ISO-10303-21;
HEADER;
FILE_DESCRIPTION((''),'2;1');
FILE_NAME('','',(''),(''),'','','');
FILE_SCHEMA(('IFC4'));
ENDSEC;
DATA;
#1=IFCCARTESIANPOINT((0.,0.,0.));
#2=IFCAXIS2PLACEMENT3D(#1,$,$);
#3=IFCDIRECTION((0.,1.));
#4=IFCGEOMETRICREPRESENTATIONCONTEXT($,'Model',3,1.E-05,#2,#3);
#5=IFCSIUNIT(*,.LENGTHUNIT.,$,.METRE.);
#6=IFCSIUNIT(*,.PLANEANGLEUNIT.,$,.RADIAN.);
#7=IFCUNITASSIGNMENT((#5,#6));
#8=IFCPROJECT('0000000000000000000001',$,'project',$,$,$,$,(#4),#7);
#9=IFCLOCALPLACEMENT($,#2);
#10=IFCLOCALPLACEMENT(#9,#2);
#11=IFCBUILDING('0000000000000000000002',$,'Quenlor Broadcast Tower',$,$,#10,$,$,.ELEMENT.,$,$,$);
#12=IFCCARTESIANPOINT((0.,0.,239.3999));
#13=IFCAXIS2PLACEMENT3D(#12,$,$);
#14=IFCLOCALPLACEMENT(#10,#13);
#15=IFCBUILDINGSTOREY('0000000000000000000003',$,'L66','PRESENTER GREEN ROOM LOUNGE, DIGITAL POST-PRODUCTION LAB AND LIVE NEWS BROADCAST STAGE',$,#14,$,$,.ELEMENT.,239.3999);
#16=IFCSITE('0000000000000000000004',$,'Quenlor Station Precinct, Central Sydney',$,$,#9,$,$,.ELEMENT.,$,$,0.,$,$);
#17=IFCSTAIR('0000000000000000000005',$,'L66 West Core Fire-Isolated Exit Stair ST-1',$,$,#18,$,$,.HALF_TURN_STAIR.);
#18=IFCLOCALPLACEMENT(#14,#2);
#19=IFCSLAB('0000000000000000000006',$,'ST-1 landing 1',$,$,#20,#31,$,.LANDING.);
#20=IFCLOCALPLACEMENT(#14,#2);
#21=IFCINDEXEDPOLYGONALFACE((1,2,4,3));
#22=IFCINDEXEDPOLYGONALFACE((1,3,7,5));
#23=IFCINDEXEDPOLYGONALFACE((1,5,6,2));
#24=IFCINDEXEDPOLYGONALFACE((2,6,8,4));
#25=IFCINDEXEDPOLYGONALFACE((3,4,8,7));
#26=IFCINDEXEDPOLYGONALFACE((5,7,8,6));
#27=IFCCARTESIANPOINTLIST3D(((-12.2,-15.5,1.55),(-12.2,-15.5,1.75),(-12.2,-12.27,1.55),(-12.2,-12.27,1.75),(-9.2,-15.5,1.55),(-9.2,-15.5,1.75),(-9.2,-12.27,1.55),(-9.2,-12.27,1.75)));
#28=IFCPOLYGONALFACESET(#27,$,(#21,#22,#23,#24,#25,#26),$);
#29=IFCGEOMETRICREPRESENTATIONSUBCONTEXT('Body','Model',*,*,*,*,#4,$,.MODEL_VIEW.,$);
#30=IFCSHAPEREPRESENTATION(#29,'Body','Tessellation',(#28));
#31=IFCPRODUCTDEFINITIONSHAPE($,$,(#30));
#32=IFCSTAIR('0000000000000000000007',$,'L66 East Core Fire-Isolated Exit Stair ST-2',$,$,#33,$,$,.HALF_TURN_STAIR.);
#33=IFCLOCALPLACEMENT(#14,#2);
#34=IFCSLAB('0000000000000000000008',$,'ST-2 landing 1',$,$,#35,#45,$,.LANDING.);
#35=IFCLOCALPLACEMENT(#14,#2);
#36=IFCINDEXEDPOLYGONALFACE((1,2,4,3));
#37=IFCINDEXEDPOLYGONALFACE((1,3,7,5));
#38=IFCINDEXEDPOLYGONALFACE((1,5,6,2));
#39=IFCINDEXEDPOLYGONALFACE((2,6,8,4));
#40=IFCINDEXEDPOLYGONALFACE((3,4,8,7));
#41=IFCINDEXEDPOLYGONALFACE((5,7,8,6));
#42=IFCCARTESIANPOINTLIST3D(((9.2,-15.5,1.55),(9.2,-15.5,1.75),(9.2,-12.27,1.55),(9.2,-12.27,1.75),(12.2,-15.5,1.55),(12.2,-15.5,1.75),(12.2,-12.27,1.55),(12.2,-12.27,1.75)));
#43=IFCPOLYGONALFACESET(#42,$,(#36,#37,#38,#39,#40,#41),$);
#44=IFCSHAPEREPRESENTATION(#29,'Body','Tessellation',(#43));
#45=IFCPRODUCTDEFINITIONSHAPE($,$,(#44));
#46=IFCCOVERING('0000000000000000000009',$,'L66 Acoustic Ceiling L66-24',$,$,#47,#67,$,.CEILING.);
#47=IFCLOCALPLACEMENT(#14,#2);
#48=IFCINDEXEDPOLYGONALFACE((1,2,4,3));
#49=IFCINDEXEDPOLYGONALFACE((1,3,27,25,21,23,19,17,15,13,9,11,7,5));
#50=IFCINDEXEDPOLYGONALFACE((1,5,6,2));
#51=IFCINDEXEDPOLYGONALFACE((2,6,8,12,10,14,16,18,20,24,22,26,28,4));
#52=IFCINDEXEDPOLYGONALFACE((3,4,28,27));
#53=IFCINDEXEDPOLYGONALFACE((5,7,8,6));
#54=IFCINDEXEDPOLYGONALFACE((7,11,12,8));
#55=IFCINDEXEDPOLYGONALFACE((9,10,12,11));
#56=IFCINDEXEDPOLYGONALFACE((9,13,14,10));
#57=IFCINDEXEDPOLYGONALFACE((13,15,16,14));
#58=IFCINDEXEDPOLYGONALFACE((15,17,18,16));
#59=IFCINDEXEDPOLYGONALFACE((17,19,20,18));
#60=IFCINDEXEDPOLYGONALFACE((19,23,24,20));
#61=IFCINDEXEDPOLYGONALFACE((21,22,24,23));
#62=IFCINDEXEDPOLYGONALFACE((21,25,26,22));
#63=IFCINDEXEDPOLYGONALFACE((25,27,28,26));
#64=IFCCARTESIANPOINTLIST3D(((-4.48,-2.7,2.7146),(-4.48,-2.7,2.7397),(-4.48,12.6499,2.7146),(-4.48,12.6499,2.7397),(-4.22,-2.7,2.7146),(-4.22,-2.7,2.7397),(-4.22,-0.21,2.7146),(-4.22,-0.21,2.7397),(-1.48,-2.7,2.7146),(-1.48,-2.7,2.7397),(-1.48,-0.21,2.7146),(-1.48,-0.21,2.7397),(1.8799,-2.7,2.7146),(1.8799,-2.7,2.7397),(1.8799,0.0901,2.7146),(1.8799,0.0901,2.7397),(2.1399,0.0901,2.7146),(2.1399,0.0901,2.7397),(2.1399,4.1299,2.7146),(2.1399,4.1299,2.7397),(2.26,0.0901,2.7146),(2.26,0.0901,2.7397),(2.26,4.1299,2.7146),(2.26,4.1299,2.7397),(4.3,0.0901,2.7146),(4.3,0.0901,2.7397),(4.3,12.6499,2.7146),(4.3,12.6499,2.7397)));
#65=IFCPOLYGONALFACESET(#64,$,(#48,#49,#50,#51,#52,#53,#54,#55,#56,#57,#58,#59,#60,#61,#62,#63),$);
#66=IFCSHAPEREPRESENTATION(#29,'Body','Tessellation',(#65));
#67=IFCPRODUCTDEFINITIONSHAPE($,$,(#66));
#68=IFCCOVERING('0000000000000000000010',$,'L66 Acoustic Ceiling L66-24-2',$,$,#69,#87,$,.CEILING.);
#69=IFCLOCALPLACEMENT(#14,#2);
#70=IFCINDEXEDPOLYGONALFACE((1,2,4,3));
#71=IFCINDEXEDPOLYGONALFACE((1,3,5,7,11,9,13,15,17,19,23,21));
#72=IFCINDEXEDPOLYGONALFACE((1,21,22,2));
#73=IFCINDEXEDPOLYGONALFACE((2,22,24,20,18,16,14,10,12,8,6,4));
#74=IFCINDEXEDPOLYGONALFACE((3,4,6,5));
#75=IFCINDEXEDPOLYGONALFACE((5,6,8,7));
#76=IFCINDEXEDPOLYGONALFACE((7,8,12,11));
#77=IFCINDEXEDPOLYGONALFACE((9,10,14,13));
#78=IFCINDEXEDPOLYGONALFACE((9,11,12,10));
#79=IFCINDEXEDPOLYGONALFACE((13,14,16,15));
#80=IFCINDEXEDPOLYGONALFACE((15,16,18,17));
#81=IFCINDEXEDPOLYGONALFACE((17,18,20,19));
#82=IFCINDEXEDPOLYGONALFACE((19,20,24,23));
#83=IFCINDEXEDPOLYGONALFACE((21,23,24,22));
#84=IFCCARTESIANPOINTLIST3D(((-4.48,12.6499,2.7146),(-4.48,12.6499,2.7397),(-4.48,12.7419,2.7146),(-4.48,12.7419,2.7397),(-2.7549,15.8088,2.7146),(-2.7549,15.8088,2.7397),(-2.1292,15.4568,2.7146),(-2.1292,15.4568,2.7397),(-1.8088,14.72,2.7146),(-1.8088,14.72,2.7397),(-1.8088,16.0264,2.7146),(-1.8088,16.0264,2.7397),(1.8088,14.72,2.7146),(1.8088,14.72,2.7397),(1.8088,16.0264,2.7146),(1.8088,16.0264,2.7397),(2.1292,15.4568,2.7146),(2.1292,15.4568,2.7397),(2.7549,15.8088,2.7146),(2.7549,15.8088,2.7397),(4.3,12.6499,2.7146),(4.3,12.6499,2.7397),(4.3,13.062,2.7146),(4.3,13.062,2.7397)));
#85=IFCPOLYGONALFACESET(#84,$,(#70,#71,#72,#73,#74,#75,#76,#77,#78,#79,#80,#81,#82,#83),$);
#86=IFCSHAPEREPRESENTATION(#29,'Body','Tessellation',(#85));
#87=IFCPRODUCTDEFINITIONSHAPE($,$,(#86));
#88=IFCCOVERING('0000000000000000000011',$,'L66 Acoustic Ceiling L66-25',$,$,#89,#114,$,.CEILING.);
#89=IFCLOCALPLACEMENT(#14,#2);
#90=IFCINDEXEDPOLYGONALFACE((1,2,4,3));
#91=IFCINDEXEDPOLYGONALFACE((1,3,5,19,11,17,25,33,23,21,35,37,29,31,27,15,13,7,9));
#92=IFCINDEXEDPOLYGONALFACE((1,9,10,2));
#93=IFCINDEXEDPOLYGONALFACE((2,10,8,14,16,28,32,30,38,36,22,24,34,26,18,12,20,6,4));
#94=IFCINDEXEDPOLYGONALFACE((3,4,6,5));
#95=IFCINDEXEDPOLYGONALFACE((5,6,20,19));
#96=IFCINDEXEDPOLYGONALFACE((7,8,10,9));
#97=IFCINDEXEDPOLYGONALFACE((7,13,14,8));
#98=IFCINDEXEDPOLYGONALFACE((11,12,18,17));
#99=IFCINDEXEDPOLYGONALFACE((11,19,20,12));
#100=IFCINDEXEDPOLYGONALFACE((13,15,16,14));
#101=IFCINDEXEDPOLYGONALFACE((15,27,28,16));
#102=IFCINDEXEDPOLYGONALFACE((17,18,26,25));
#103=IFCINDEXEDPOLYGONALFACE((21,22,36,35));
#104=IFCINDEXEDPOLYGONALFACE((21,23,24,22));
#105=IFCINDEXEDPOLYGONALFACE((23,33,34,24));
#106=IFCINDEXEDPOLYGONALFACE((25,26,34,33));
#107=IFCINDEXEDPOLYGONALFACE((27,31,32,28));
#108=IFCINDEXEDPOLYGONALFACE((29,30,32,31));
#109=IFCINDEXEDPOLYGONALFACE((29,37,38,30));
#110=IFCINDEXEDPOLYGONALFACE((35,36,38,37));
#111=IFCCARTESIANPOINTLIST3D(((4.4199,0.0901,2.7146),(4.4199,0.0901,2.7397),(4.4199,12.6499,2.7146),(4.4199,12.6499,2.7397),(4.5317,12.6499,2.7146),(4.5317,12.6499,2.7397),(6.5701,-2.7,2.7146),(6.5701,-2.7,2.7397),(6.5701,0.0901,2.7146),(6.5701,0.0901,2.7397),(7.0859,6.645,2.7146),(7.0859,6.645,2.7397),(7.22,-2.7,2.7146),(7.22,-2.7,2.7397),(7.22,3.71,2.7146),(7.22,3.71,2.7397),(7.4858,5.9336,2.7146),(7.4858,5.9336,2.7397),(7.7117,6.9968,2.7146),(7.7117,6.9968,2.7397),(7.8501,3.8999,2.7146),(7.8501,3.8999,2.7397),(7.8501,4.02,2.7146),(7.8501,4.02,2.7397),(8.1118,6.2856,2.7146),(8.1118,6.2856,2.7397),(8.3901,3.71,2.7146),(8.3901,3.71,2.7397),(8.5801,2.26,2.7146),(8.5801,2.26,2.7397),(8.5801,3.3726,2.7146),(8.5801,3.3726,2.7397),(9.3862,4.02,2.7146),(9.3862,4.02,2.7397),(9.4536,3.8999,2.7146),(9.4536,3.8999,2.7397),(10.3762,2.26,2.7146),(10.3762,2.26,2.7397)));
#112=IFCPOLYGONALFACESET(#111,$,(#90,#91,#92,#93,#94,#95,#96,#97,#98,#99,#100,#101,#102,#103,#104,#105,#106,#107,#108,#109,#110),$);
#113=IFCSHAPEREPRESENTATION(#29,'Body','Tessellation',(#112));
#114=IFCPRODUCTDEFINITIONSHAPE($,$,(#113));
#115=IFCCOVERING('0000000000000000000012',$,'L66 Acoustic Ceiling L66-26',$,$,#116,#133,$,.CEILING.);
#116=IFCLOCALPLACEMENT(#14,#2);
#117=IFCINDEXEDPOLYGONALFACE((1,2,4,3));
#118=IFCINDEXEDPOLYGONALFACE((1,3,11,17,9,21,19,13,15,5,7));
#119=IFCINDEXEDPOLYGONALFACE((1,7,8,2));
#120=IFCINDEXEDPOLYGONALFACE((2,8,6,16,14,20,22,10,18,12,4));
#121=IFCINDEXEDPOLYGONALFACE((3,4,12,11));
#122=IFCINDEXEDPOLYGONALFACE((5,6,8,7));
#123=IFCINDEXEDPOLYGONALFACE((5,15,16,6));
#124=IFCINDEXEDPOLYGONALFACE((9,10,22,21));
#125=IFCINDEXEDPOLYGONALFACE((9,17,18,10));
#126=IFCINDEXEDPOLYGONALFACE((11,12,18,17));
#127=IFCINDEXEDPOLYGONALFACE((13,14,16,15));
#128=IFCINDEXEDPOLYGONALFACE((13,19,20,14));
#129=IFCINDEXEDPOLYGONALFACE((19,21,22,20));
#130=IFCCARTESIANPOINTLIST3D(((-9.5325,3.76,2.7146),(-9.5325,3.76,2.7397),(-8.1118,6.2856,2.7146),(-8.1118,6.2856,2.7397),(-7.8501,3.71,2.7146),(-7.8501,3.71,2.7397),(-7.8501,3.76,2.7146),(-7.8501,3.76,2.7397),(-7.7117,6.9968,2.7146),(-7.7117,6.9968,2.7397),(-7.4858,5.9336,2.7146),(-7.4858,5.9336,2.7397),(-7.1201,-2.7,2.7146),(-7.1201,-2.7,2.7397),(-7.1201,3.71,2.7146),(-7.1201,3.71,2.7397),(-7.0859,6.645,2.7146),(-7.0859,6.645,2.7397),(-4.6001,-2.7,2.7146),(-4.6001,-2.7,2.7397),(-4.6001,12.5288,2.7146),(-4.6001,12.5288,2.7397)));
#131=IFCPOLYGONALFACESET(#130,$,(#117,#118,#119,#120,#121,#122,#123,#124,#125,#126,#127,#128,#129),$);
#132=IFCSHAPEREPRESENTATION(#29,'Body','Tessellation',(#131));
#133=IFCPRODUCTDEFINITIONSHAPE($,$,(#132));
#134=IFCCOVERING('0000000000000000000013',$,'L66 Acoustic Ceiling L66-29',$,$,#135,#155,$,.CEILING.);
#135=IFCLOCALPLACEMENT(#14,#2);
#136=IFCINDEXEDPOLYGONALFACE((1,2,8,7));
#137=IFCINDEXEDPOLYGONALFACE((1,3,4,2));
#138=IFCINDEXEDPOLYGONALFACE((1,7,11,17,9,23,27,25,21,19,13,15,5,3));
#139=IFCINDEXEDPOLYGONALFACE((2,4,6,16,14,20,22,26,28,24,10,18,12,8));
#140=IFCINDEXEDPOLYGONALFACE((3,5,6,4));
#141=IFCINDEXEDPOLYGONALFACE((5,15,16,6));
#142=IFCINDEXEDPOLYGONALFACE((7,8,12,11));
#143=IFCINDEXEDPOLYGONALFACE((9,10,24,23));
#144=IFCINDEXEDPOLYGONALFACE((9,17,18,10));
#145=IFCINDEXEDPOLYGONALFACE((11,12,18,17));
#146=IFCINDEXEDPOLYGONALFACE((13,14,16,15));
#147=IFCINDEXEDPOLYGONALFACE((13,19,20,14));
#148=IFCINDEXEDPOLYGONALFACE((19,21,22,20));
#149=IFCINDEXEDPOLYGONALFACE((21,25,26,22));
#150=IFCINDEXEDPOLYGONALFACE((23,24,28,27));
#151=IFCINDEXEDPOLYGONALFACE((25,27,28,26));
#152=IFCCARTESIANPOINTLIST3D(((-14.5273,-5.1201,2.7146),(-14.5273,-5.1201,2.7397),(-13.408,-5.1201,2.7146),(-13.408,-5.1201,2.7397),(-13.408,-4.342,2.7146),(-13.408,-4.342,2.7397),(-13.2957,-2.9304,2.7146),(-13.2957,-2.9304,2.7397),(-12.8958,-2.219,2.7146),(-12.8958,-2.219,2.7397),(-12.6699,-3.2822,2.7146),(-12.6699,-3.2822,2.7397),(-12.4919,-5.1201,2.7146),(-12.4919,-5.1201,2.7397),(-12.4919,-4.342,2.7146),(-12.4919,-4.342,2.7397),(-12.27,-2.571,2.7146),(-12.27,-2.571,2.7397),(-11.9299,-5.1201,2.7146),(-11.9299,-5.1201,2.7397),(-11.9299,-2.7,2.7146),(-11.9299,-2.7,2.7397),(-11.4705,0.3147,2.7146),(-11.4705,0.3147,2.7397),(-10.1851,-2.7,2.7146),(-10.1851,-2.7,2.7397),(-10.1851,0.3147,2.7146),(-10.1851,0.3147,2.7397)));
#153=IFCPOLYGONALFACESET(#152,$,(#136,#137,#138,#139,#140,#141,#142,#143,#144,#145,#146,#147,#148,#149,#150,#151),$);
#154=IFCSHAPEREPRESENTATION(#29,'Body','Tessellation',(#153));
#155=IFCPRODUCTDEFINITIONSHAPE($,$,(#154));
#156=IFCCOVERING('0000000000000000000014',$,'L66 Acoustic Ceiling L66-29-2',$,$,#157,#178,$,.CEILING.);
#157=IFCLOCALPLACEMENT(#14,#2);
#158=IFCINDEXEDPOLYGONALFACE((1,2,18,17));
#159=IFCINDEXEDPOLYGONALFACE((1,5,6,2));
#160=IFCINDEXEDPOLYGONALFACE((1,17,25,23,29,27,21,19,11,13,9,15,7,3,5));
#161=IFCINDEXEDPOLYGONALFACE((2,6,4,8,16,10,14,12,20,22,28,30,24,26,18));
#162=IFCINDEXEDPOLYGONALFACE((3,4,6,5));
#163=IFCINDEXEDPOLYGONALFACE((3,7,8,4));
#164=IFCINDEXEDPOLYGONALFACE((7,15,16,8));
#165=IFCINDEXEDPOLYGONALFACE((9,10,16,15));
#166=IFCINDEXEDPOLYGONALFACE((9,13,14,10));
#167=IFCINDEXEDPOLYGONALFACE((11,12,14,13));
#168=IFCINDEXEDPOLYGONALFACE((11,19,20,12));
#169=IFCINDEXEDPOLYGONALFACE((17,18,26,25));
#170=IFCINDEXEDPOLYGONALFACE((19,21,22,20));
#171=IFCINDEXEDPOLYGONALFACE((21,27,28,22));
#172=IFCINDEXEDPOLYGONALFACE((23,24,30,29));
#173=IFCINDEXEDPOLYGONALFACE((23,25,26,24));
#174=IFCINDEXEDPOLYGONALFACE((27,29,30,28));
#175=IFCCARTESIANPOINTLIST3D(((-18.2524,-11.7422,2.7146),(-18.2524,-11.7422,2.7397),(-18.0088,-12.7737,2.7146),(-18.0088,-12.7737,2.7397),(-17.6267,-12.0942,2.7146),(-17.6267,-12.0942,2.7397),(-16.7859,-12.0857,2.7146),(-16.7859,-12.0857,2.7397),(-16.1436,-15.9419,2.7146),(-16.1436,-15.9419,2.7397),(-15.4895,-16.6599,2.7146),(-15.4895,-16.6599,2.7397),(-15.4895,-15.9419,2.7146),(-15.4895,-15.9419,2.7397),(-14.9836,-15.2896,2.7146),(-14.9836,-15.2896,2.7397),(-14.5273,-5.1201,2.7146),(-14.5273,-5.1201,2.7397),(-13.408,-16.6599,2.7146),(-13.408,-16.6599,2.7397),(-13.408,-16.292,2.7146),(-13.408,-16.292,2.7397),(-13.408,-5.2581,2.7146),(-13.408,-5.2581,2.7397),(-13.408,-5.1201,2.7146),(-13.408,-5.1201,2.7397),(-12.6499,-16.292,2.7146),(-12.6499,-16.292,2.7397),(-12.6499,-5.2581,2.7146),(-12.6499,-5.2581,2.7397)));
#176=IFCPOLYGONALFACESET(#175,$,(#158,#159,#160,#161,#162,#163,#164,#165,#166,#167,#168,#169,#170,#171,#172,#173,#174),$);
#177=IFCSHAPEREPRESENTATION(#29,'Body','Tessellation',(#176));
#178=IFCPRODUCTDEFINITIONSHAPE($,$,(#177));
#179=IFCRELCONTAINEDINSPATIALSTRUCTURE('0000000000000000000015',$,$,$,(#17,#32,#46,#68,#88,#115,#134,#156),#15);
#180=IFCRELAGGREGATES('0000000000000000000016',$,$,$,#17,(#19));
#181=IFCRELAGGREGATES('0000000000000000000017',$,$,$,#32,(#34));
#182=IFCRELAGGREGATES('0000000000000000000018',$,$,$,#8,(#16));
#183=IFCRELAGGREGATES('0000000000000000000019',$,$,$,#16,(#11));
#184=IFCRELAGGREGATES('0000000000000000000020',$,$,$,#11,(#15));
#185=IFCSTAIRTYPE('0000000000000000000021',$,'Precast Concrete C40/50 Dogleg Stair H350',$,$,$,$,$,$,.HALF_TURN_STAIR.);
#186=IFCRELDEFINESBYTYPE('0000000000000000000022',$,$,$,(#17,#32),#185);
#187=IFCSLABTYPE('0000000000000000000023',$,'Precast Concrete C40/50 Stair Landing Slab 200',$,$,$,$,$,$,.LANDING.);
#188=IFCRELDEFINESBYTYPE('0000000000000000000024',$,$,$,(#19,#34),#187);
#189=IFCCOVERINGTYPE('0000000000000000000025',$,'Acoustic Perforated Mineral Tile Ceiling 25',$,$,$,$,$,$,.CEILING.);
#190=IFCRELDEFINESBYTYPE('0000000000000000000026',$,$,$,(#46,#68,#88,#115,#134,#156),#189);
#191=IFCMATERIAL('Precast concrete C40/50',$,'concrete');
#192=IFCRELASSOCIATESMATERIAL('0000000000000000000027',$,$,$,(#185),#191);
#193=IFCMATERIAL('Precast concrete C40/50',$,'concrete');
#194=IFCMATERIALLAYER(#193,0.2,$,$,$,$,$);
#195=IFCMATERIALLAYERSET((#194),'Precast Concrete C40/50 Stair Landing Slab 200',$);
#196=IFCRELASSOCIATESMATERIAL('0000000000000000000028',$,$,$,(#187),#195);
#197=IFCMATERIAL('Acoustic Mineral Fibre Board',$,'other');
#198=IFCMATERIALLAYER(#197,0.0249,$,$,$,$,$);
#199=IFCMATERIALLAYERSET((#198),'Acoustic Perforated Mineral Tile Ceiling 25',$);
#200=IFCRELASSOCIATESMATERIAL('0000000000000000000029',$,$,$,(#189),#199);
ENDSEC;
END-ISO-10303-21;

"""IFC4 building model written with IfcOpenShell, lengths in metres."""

from ifc_helpers import new_model, si_unit, direction, frame, origin, place, context, subcontext, project, spatial, polyline, outline, extrude, material, layer, layer_set, type_object, element, aggregate, save


model = new_model("IFC4")

# Units and contexts
model_context = context("Model", 3, precision=1e-05, world=origin(), true_north=direction((0.0, 1.0)))
body_context = subcontext(model_context, "Body", "Model", "MODEL_VIEW")
ifc_project = project(units=[si_unit("LENGTHUNIT", "METRE"), si_unit("PLANEANGLEUNIT", "RADIAN")], contexts=[model_context])

# Site, building, storey
site_placement = place(None, origin())
site = spatial("IfcSite", under=ifc_project, at=site_placement, Name="Quenlor Station Precinct, Central Sydney", CompositionType="ELEMENT", RefElevation=0.0)
building_placement = place(site_placement, origin())
building = spatial("IfcBuilding", under=site, at=building_placement, Name="Quenlor Broadcast Tower", CompositionType="ELEMENT")
storey_placement = place(building_placement, frame((0.0, 0.0, 239.3999)))
storey = spatial("IfcBuildingStorey", under=building, at=storey_placement, Name="L66", Description="PRESENTER GREEN ROOM LOUNGE, DIGITAL POST-PRODUCTION LAB AND LIVE NEWS BROADCAST STAGE", CompositionType="ELEMENT", Elevation=239.3999)

# Stairs, slabs
ifc_material_1 = material(Name="Precast concrete C40/50", Category="concrete")
stair_type = type_object("IfcStairType", Name="Precast Concrete C40/50 Dogleg Stair H350", PredefinedType="HALF_TURN_STAIR", material=ifc_material_1)
stair_1_placement = place(storey_placement, origin())
stair_1 = element("IfcStair", 1, at=stair_1_placement, inside=storey, type_object=stair_type, Name="L66 West Core Fire-Isolated Exit Stair ST-1", PredefinedType="HALF_TURN_STAIR")
ifc_material_2 = material(Name="Precast concrete C40/50", Category="concrete")
ifc_layer_1 = layer(ifc_material_2, 0.2)
ifc_layer_set_1 = layer_set([ifc_layer_1], Name="Precast Concrete C40/50 Stair Landing Slab 200")
slab_type = type_object("IfcSlabType", Name="Precast Concrete C40/50 Stair Landing Slab 200", PredefinedType="LANDING", material=ifc_layer_set_1)
slab_1_placement = place(storey_placement, frame((0.0, 0.0, 1.55)))
slab_1 = element("IfcSlab", 2, at=slab_1_placement, type_object=slab_type, Name="ST-1 landing 1", PredefinedType="LANDING", context=body_context, shape_type="SweptSolid", body=[
    extrude(outline(polyline([(-12.2, -12.27), (-12.2, -15.5), (-9.2, -15.5), (-9.2, -12.27), (-12.2, -12.27)])), origin(), (0.0, 0.0, 1.0), 0.2),
])
aggregate(stair_1, [slab_1])
stair_2_placement = place(storey_placement, origin())
stair_2 = element("IfcStair", 3, at=stair_2_placement, inside=storey, type_object=stair_type, Name="L66 East Core Fire-Isolated Exit Stair ST-2", PredefinedType="HALF_TURN_STAIR")
slab_2_placement = place(storey_placement, frame((0.0, 0.0, 1.55)))
slab_2 = element("IfcSlab", 4, at=slab_2_placement, type_object=slab_type, Name="ST-2 landing 1", PredefinedType="LANDING", context=body_context, shape_type="SweptSolid", body=[
    extrude(outline(polyline([(9.2, -12.27), (9.2, -15.5), (12.2, -15.5), (12.2, -12.27), (9.2, -12.27)])), origin(), (0.0, 0.0, 1.0), 0.2),
])
aggregate(stair_2, [slab_2])

# Coverings
ifc_material_3 = material(Name="Acoustic Mineral Fibre Board", Category="other")
ifc_layer_2 = layer(ifc_material_3, 0.0249)
ifc_layer_set_2 = layer_set([ifc_layer_2], Name="Acoustic Perforated Mineral Tile Ceiling 25")
covering_type_1 = type_object("IfcCoveringType", Name="Acoustic Perforated Mineral Tile Ceiling 25", PredefinedType="CEILING", material=ifc_layer_set_2)
covering_1_placement = place(storey_placement, frame((0.0, 0.0, 2.7146)))
element("IfcCovering", 5, at=covering_1_placement, inside=storey, type_object=covering_type_1, Name="L66 Acoustic Ceiling L66-24", PredefinedType="CEILING", context=body_context, shape_type="SweptSolid", body=[
    extrude(outline(polyline([(4.3, 0.0901), (2.26, 0.0901), (2.26, 4.1299), (2.1399, 4.1299), (2.1399, 0.0901), (1.8799, 0.0901), (1.8799, -2.7), (-1.48, -2.7), (-1.48, -0.21), (-4.22, -0.21), (-4.22, -2.7), (-4.48, -2.7), (-4.48, 12.6499), (4.3, 12.6499), (4.3, 0.0901)])), origin(), (0.0, 0.0, 1.0), 0.0251),
])
covering_2_placement = place(storey_placement, frame((0.0, 0.0, 2.7146)))
element("IfcCovering", 6, at=covering_2_placement, inside=storey, type_object=covering_type_1, Name="L66 Acoustic Ceiling L66-24-2", PredefinedType="CEILING", context=body_context, shape_type="SweptSolid", body=[
    extrude(outline(polyline([(1.8088, 16.0264), (2.1292, 15.4568), (2.7549, 15.8088), (4.3, 13.062), (4.3, 12.6499), (-4.48, 12.6499), (-4.48, 12.7419), (-2.7549, 15.8088), (-2.1292, 15.4568), (-1.8088, 16.0264), (-1.8088, 14.72), (1.8088, 14.72), (1.8088, 16.0264)])), origin(), (0.0, 0.0, 1.0), 0.0251),
])
covering_3_placement = place(storey_placement, frame((0.0, 0.0, 2.7146)))
element("IfcCovering", 7, at=covering_3_placement, inside=storey, type_object=covering_type_1, Name="L66 Acoustic Ceiling L66-25", PredefinedType="CEILING", context=body_context, shape_type="SweptSolid", body=[
    extrude(outline(polyline([(9.4536, 3.8999), (10.3762, 2.26), (8.5801, 2.26), (8.5801, 3.3726), (8.3901, 3.71), (7.22, 3.71), (7.22, -2.7), (6.5701, -2.7), (6.5701, 0.0901), (4.4199, 0.0901), (4.4199, 12.6499), (4.5317, 12.6499), (7.7117, 6.9968), (7.0859, 6.645), (7.4858, 5.9336), (8.1118, 6.2856), (9.3862, 4.02), (7.8501, 4.02), (7.8501, 3.8999), (9.4536, 3.8999)])), origin(), (0.0, 0.0, 1.0), 0.0251),
])
covering_4_placement = place(storey_placement, frame((0.0, 0.0, 2.7146)))
element("IfcCovering", 8, at=covering_4_placement, inside=storey, type_object=covering_type_1, Name="L66 Acoustic Ceiling L66-26", PredefinedType="CEILING", context=body_context, shape_type="SweptSolid", body=[
    extrude(outline(polyline([(-7.1201, 3.71), (-7.8501, 3.71), (-7.8501, 3.76), (-9.5325, 3.76), (-8.1118, 6.2856), (-7.4858, 5.9336), (-7.0859, 6.645), (-7.7117, 6.9968), (-4.6001, 12.5288), (-4.6001, -2.7), (-7.1201, -2.7), (-7.1201, 3.71)])), origin(), (0.0, 0.0, 1.0), 0.0251),
])
covering_5_placement = place(storey_placement, frame((0.0, 0.0, 2.7146)))
element("IfcCovering", 9, at=covering_5_placement, inside=storey, type_object=covering_type_1, Name="L66 Acoustic Ceiling L66-29", PredefinedType="CEILING", context=body_context, shape_type="SweptSolid", body=[
    extrude(outline(polyline([(-13.2957, -2.9304), (-12.6699, -3.2822), (-12.27, -2.571), (-12.8958, -2.219), (-11.4705, 0.3147), (-10.1851, 0.3147), (-10.1851, -2.7), (-11.9299, -2.7), (-11.9299, -5.1201), (-12.4919, -5.1201), (-12.4919, -4.342), (-13.408, -4.342), (-13.408, -5.1201), (-14.5273, -5.1201), (-13.2957, -2.9304)])), origin(), (0.0, 0.0, 1.0), 0.0251),
])
covering_6_placement = place(storey_placement, frame((0.0, 0.0, 2.7146)))
element("IfcCovering", 10, at=covering_6_placement, inside=storey, type_object=covering_type_1, Name="L66 Acoustic Ceiling L66-29-2", PredefinedType="CEILING", context=body_context, shape_type="SweptSolid", body=[
    extrude(outline(polyline([(-18.2524, -11.7422), (-14.5273, -5.1201), (-13.408, -5.1201), (-13.408, -5.2581), (-12.6499, -5.2581), (-12.6499, -16.292), (-13.408, -16.292), (-13.408, -16.6599), (-15.4895, -16.6599), (-15.4895, -15.9419), (-16.1436, -15.9419), (-14.9836, -15.2896), (-16.7859, -12.0857), (-18.0088, -12.7737), (-17.6267, -12.0942), (-18.2524, -11.7422)])), origin(), (0.0, 0.0, 1.0), 0.0251),
])

save(model, "model.ifc")
